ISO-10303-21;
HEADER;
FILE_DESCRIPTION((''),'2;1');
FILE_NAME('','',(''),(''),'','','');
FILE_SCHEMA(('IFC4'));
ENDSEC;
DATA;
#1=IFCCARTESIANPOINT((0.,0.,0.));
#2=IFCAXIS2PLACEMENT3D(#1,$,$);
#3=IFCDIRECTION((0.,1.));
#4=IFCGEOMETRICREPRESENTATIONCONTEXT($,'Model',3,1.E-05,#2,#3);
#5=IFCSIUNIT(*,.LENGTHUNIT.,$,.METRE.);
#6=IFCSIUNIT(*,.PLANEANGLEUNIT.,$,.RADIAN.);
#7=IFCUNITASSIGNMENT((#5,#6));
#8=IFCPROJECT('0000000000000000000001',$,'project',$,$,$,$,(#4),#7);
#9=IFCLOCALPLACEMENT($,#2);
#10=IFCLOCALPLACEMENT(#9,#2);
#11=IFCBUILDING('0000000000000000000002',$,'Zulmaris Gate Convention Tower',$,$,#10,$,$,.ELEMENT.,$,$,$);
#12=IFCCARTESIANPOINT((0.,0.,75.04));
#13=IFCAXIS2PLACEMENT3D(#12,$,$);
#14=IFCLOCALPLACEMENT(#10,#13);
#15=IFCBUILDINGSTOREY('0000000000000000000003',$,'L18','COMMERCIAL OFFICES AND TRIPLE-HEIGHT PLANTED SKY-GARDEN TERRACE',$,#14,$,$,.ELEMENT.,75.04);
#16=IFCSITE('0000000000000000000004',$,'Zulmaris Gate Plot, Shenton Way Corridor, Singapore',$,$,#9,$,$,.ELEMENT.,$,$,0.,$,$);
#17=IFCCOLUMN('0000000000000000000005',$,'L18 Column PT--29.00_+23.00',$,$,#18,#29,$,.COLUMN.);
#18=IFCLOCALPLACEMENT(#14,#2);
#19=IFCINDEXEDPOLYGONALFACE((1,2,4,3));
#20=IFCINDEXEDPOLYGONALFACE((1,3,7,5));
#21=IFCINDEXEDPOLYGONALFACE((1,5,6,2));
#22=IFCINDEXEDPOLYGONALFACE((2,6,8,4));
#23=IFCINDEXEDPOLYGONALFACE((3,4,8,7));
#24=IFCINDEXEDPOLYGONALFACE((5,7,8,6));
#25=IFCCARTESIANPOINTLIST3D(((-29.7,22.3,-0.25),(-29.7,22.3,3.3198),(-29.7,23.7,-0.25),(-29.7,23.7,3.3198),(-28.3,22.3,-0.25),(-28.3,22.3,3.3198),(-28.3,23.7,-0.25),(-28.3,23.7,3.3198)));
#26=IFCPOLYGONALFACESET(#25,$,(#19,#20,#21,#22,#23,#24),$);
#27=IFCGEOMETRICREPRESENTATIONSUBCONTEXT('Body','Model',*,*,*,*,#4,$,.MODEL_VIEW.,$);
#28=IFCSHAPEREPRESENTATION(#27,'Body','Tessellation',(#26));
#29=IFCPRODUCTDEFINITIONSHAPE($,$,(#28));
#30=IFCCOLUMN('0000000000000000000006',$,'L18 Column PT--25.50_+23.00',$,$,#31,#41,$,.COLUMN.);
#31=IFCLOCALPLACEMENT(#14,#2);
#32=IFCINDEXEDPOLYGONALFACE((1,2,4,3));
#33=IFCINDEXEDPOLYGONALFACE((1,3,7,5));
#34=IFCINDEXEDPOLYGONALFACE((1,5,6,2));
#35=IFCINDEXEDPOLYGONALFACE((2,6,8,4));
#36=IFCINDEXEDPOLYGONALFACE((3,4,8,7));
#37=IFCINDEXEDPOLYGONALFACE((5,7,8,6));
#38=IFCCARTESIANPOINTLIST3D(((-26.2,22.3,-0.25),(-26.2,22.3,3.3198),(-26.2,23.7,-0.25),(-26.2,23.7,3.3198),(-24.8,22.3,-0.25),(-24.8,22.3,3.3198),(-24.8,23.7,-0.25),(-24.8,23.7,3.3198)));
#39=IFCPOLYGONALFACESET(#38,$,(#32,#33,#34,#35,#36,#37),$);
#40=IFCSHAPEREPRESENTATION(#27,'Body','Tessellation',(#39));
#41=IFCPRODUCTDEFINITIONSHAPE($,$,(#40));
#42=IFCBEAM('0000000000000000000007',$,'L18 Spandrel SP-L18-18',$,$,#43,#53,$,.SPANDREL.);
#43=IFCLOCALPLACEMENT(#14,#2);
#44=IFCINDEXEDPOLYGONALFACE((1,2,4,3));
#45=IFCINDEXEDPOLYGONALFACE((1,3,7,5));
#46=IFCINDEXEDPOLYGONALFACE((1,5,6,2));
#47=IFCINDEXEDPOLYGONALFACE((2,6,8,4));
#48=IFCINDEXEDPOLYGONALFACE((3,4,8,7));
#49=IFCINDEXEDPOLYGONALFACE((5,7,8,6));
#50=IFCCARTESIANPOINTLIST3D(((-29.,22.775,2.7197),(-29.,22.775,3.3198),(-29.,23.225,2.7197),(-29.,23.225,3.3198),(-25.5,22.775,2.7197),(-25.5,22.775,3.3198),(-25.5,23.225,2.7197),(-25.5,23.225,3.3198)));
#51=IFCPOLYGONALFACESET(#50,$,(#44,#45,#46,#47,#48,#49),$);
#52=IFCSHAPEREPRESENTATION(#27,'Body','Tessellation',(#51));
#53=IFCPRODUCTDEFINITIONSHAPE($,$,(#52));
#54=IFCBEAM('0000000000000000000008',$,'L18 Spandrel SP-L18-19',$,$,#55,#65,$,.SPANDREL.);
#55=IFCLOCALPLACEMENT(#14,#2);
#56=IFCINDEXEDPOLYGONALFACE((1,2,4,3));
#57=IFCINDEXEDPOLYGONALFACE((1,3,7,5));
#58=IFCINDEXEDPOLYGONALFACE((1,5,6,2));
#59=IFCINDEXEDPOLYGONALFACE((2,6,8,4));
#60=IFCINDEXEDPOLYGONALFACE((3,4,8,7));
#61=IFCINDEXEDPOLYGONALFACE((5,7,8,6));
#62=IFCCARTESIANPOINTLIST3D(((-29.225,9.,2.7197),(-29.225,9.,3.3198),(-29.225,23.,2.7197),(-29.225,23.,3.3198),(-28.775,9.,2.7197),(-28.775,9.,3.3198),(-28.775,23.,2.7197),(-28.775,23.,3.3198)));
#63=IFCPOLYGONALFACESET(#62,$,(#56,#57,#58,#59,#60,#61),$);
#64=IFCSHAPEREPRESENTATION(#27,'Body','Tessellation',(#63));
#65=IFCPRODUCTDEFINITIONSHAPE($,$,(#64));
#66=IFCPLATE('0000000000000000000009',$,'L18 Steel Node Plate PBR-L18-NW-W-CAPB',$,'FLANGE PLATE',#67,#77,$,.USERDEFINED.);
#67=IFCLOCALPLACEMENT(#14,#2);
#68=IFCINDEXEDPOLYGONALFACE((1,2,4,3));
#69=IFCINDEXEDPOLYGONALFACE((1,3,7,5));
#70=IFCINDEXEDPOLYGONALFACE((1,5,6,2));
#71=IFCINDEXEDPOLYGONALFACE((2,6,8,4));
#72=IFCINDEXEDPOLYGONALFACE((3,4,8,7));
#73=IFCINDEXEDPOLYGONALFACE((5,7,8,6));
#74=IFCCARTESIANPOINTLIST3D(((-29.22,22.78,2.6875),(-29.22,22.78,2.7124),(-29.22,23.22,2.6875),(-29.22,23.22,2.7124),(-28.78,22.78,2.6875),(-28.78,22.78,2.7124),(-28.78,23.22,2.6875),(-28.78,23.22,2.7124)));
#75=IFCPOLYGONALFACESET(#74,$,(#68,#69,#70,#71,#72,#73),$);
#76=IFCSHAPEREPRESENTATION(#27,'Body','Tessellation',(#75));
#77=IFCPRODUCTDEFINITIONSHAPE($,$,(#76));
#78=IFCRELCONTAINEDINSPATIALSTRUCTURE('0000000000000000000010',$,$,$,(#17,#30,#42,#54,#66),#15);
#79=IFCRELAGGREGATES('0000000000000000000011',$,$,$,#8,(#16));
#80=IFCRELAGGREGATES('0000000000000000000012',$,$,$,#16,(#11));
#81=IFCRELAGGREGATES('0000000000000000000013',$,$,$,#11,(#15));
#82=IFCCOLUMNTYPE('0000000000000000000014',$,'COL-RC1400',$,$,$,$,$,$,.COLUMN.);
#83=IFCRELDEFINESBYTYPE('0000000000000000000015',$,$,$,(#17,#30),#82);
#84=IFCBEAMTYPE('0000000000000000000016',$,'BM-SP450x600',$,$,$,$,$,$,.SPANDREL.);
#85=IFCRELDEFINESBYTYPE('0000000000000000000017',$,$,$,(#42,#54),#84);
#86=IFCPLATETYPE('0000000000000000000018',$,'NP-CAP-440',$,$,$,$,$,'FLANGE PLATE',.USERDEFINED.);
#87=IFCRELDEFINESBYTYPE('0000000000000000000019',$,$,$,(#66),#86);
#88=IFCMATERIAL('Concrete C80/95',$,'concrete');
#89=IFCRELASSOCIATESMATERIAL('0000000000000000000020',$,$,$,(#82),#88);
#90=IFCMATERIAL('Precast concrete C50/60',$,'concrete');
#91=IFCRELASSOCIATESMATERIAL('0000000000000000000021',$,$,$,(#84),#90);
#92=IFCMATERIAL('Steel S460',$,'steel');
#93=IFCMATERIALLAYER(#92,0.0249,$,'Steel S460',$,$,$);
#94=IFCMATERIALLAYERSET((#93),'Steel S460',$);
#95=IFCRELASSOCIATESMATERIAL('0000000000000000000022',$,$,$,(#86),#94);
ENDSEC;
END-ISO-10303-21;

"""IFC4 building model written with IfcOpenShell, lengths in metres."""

from ifc_helpers import new_model, si_unit, direction, frame, origin, origin_2d, place, context, subcontext, project, spatial, rectangle, extrude, material, layer, layer_set, material_profile, profile_set, type_object, element, save


model = new_model("IFC4")

# Units and contexts
model_context = context("Model", 3, precision=1e-05, world=origin(), true_north=direction((0.0, 1.0)))
body_context = subcontext(model_context, "Body", "Model", "MODEL_VIEW")
ifc_project = project(units=[si_unit("LENGTHUNIT", "METRE"), si_unit("PLANEANGLEUNIT", "RADIAN")], contexts=[model_context])

# Site, building, storey
site_placement = place(None, origin())
site = spatial("IfcSite", under=ifc_project, at=site_placement, Name="Zulmaris Gate Plot, Shenton Way Corridor, Singapore", CompositionType="ELEMENT", RefElevation=0.0)
building_placement = place(site_placement, origin())
building = spatial("IfcBuilding", under=site, at=building_placement, Name="Zulmaris Gate Convention Tower", CompositionType="ELEMENT")
storey_placement = place(building_placement, frame((0.0, 0.0, 75.04)))
storey = spatial("IfcBuildingStorey", under=building, at=storey_placement, Name="L18", Description="COMMERCIAL OFFICES AND TRIPLE-HEIGHT PLANTED SKY-GARDEN TERRACE", CompositionType="ELEMENT", Elevation=75.04)

# Columns
ifc_material_1 = material(Name="Concrete C80/95", Category="concrete")
ifc_material_profile_1 = material_profile(ifc_material_1, rectangle(XDim=1.3999, YDim=1.3999, at=origin_2d()), Name="RC COL 1400x1400")
ifc_profile_set_1 = profile_set([ifc_material_profile_1], Name="Concrete C80/95")
column_type = type_object("IfcColumnType", Name="COL-RC1400", PredefinedType="COLUMN", material=ifc_profile_set_1)
for number, where, z_axis, x_axis, name in (
    (1, (-29.0, 23.0, -0.25), (0.0, 0.0, 1.0), (1.0, 0.0, 0.0), "L18 Column PT--29.00_+23.00"),
    (2, (-25.5, 23.0, -0.25), (0.0, 0.0, 1.0), (1.0, 0.0, 0.0), "L18 Column PT--25.50_+23.00"),
):
    element("IfcColumn", number, at=place(storey_placement, frame(where, z_axis=z_axis, x_axis=x_axis)), inside=storey, type_object=column_type, Name=name, PredefinedType="COLUMN", context=body_context, shape_type="SweptSolid", body=[
        extrude(rectangle(XDim=1.3999, YDim=1.3999, at=origin_2d()), origin(), (0.0, 0.0, 1.0), 3.5698),
    ])

# Beams
ifc_material_2 = material(Name="Precast concrete C50/60", Category="concrete")
ifc_material_profile_2 = material_profile(ifc_material_2, rectangle(XDim=0.45, YDim=0.6001, at=origin_2d()), Name="RC SPANDREL 450x600")
ifc_profile_set_2 = profile_set([ifc_material_profile_2], Name="Precast concrete C50/60")
beam_type = type_object("IfcBeamType", Name="BM-SP450x600", PredefinedType="SPANDREL", material=ifc_profile_set_2)
beam_1_placement = place(storey_placement, frame((-25.5, 23.0, 3.0198), z_axis=(-1.0, 0.0, 0.0), x_axis=(0.0, -1.0, 0.0)))
element("IfcBeam", 3, at=beam_1_placement, inside=storey, type_object=beam_type, Name="L18 Spandrel SP-L18-18", PredefinedType="SPANDREL", context=body_context, shape_type="SweptSolid", body=[
    extrude(rectangle(XDim=0.45, YDim=0.6001, at=origin_2d()), origin(), (0.0, 0.0, 1.0), 3.5),
])
beam_2_placement = place(storey_placement, frame((-29.0, 23.0, 3.0198), z_axis=(0.0, -1.0, 0.0), x_axis=(1.0, 0.0, 0.0)))
element("IfcBeam", 4, at=beam_2_placement, inside=storey, type_object=beam_type, Name="L18 Spandrel SP-L18-19", PredefinedType="SPANDREL", context=body_context, shape_type="SweptSolid", body=[
    extrude(rectangle(XDim=0.45, YDim=0.6001, at=origin_2d()), origin(), (0.0, 0.0, 1.0), 14.0),
])

# Plate
ifc_material_3 = material(Name="Steel S460", Category="steel")
ifc_layer_1 = layer(ifc_material_3, 0.0249, Name="Steel S460")
ifc_layer_set_1 = layer_set([ifc_layer_1], Name="Steel S460")
plate_type = type_object("IfcPlateType", Name="NP-CAP-440", ElementType="FLANGE PLATE", PredefinedType="USERDEFINED", material=ifc_layer_set_1)
plate_placement = place(storey_placement, frame((-29.0, 23.0, 2.6875), z_axis=(0.0, 0.0, 1.0), x_axis=(1.0, 0.0, 0.0)))
element("IfcPlate", 5, at=plate_placement, inside=storey, type_object=plate_type, Name="L18 Steel Node Plate PBR-L18-NW-W-CAPB", ObjectType="FLANGE PLATE", PredefinedType="USERDEFINED", context=body_context, shape_type="SweptSolid", body=[
    extrude(rectangle(XDim=0.4399, YDim=0.4399, at=origin_2d()), origin(), (0.0, 0.0, 1.0), 0.0249),
])

save(model, "model.ifc")
